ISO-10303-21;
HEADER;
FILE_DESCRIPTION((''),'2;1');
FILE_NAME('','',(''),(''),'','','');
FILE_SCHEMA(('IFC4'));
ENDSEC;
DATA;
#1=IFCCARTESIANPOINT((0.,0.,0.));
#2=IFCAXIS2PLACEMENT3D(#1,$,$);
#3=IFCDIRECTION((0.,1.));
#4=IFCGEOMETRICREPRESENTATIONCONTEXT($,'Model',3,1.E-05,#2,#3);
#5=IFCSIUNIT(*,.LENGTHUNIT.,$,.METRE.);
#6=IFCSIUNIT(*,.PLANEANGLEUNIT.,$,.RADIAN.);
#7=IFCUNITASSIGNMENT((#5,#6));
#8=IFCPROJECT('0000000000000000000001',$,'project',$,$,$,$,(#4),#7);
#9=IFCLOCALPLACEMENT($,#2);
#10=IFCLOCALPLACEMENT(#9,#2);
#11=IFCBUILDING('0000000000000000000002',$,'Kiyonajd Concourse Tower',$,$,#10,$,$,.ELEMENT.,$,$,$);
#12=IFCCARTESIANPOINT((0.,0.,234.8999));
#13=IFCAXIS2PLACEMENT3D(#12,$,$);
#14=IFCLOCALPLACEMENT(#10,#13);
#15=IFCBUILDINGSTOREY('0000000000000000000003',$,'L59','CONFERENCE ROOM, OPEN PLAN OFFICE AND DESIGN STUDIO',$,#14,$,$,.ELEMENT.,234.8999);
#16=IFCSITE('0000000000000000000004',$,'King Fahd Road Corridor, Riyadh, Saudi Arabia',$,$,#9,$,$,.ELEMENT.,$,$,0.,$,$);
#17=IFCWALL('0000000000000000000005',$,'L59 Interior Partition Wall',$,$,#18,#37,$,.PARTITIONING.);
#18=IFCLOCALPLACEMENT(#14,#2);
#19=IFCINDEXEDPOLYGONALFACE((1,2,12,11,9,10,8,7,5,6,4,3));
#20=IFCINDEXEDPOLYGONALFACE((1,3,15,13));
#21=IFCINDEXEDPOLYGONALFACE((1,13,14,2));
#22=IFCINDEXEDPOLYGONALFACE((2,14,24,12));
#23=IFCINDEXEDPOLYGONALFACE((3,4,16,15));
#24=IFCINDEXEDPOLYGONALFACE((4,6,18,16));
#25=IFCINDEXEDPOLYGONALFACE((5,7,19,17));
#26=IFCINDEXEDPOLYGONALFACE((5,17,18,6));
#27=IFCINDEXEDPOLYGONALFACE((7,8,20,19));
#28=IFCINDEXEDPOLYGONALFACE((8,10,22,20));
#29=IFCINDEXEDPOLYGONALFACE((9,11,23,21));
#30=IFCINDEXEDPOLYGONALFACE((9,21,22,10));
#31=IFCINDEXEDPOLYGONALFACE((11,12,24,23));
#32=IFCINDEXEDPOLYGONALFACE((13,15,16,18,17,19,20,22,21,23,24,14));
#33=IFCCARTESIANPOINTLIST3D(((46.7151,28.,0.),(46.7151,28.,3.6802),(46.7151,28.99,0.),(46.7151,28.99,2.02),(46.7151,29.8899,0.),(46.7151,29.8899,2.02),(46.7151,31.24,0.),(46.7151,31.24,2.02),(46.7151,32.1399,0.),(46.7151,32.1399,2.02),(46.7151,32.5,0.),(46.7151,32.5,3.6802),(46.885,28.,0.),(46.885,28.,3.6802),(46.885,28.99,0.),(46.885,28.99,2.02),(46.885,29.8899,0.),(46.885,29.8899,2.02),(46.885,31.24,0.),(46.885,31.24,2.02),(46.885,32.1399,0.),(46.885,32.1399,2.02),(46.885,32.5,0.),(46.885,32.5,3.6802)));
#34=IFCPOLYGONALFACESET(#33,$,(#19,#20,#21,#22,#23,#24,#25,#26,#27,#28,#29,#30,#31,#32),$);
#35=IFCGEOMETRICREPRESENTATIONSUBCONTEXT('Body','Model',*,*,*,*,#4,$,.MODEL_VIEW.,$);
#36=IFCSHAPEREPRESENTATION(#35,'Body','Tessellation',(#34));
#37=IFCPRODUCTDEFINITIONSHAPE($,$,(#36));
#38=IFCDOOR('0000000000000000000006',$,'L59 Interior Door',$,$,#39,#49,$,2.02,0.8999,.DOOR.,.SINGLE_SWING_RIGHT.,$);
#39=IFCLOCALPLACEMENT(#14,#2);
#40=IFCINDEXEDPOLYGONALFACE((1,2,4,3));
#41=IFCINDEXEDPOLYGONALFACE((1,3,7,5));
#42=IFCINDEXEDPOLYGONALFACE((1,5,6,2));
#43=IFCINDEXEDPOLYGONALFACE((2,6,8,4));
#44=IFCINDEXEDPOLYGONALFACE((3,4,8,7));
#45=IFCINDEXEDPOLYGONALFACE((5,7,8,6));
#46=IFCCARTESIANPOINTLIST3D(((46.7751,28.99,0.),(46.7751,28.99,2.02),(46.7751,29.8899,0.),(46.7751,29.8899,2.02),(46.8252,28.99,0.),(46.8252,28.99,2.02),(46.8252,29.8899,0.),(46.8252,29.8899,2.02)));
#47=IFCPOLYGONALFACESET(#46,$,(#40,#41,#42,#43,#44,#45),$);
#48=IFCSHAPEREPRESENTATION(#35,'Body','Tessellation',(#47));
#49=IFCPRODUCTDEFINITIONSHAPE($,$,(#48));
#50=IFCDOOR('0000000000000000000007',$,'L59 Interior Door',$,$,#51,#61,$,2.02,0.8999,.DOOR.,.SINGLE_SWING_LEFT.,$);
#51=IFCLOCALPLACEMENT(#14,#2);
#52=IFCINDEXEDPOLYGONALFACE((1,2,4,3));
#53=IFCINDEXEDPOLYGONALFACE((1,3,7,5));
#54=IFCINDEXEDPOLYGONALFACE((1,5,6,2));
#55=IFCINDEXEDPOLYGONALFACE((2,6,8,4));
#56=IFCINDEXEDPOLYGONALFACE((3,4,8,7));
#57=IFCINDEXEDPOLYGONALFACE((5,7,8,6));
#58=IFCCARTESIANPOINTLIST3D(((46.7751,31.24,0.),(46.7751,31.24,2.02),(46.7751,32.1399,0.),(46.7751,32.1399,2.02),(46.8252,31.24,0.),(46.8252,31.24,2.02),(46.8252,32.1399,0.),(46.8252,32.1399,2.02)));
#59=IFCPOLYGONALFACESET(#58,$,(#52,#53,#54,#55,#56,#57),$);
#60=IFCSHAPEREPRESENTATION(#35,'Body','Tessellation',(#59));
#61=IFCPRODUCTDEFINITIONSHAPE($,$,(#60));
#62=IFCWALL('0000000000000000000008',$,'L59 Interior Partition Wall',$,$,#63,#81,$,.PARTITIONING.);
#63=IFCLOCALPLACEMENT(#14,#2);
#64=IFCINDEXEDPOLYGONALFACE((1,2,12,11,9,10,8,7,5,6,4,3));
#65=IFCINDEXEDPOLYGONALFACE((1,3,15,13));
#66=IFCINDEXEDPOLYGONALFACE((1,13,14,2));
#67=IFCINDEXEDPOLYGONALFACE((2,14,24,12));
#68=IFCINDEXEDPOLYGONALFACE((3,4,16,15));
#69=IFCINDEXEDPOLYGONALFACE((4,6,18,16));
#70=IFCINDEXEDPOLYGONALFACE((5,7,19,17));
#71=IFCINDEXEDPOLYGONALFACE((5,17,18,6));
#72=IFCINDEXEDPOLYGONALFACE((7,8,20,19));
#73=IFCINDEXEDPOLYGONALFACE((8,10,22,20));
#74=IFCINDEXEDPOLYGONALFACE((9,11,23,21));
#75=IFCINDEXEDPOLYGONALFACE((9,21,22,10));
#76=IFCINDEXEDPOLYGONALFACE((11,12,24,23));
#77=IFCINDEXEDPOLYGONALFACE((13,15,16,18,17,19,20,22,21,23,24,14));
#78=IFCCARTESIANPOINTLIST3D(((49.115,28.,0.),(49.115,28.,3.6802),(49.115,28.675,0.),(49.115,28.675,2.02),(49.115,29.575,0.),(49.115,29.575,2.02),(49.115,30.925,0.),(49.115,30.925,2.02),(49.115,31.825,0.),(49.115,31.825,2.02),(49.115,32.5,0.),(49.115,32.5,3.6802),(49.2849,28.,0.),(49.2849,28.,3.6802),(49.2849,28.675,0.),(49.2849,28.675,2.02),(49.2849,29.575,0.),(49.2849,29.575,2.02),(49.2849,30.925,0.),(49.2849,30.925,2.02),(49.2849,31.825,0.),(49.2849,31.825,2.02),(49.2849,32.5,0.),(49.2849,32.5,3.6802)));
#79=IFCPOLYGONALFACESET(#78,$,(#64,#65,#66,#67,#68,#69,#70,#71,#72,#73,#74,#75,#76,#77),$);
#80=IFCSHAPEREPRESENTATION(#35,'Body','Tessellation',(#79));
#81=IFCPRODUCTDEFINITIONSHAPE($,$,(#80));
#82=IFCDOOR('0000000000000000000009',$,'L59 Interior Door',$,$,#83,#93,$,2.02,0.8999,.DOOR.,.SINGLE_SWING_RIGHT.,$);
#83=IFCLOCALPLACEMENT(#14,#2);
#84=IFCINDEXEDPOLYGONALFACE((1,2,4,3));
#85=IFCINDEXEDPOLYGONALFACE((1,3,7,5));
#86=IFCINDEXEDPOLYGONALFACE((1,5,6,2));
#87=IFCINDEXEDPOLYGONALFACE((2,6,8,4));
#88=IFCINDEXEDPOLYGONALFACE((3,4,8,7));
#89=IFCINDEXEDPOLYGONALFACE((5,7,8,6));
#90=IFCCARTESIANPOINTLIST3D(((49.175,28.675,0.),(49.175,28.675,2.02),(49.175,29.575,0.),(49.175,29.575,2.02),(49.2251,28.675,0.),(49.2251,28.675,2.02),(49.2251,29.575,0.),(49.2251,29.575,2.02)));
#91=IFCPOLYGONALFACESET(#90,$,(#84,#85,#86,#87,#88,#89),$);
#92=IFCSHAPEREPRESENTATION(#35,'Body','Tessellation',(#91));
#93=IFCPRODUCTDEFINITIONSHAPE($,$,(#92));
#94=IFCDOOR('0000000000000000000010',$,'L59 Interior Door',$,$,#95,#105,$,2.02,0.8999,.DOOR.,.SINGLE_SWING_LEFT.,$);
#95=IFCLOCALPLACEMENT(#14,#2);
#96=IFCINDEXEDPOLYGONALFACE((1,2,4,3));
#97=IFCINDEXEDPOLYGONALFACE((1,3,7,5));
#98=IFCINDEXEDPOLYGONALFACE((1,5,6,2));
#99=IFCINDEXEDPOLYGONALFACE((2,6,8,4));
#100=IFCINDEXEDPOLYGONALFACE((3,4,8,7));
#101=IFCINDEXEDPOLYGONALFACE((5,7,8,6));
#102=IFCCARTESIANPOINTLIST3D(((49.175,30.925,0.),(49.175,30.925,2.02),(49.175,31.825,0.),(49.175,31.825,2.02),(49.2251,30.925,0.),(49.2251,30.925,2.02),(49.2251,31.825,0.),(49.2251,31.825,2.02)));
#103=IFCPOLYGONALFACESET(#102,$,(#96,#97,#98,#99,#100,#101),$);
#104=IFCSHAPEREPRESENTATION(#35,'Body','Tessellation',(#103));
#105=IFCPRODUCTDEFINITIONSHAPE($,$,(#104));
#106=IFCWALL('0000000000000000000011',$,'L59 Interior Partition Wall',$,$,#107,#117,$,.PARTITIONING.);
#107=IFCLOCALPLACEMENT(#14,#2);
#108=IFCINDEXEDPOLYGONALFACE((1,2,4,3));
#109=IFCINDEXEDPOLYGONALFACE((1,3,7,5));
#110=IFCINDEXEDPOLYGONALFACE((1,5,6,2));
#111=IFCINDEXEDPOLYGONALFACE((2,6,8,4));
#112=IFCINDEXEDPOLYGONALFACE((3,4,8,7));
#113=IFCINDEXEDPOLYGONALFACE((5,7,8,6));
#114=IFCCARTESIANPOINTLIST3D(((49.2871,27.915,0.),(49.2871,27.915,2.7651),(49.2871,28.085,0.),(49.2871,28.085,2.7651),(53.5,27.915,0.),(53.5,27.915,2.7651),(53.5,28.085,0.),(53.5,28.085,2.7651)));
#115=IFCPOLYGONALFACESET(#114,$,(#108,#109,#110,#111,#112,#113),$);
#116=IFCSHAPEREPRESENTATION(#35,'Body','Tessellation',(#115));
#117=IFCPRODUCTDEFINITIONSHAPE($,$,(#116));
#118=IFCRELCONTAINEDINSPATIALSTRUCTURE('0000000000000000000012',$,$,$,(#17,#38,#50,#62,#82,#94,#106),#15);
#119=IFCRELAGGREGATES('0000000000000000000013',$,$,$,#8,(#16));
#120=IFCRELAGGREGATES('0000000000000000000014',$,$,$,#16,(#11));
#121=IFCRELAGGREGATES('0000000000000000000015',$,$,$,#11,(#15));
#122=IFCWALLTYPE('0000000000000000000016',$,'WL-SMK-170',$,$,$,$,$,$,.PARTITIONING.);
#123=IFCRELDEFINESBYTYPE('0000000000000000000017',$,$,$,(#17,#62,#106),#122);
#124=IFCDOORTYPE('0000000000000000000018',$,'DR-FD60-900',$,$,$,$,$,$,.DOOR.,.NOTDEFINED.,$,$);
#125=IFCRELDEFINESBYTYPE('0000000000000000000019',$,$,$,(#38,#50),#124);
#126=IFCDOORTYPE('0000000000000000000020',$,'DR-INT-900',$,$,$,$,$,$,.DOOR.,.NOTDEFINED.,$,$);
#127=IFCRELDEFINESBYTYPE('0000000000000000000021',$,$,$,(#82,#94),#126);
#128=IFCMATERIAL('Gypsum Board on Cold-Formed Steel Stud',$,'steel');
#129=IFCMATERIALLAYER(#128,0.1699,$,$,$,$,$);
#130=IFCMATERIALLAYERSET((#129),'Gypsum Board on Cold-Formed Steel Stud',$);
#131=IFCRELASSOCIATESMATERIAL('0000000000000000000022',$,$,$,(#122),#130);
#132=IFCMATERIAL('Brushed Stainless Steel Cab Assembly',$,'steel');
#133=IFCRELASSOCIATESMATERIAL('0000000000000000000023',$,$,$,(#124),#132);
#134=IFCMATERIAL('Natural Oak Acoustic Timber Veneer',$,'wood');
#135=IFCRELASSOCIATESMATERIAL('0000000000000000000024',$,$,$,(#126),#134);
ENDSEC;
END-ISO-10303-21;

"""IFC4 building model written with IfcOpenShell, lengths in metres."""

from ifc_helpers import new_model, si_unit, direction, frame, frame_2d, origin, place, context, subcontext, project, spatial, rectangle, extrude, material, layer, layer_set, type_object, element, fill, save


model = new_model("IFC4")

# Units and contexts
model_context = context("Model", 3, precision=1e-05, world=origin(), true_north=direction((0.0, 1.0)))
body_context = subcontext(model_context, "Body", "Model", "MODEL_VIEW")
ifc_project = project(units=[si_unit("LENGTHUNIT", "METRE"), si_unit("PLANEANGLEUNIT", "RADIAN")], contexts=[model_context])

# Site, building, storey
site_placement = place(None, origin())
site = spatial("IfcSite", under=ifc_project, at=site_placement, Name="King Fahd Road Corridor, Riyadh, Saudi Arabia", CompositionType="ELEMENT", RefElevation=0.0)
building_placement = place(site_placement, origin())
building = spatial("IfcBuilding", under=site, at=building_placement, Name="Kiyonajd Concourse Tower", CompositionType="ELEMENT")
storey_placement = place(building_placement, frame((0.0, 0.0, 234.8999)))
storey = spatial("IfcBuildingStorey", under=building, at=storey_placement, Name="L59", Description="CONFERENCE ROOM, OPEN PLAN OFFICE AND DESIGN STUDIO", CompositionType="ELEMENT", Elevation=234.8999)

# Shared definitions
ifc_material_1 = material(Name="Gypsum Board on Cold-Formed Steel Stud", Category="steel")

# Shared definitions
ifc_layer_1 = layer(ifc_material_1, 0.1699)
ifc_layer_set_1 = layer_set([ifc_layer_1], Name="Gypsum Board on Cold-Formed Steel Stud")
wall_type_1 = type_object("IfcWallType", Name="WL-SMK-170", PredefinedType="PARTITIONING", material=ifc_layer_set_1)
ifc_material_2 = material(Name="Brushed Stainless Steel Cab Assembly", Category="steel")
door_type_1 = type_object("IfcDoorType", Name="DR-FD60-900", OperationType="NOTDEFINED", PredefinedType="DOOR", material=ifc_material_2)
ifc_material_3 = material(Name="Natural Oak Acoustic Timber Veneer", Category="wood")
door_type_2 = type_object("IfcDoorType", Name="DR-INT-900", OperationType="NOTDEFINED", PredefinedType="DOOR", material=ifc_material_3)

# Walls, openings, doors
wall_1_placement = place(storey_placement, frame((46.8, 28.0, 0.0), z_axis=(0.0, 0.0, 1.0), x_axis=(0.0, 1.0, 0.0)))
wall_1 = element("IfcWall", 1, at=wall_1_placement, inside=storey, type_object=wall_type_1, Name="L59 Interior Partition Wall", PredefinedType="PARTITIONING", context=body_context, shape_type="SweptSolid", body=[
    extrude(rectangle(XDim=4.5, YDim=0.1699, at=frame_2d((2.25, 0.0))), origin(), (0.0, 0.0, 1.0), 3.6802),
])
opening_1_placement = place(wall_1_placement, frame((0.99, 0.0, 0.0)))
opening_1 = element("IfcOpeningElement", 2, at=opening_1_placement, cuts=wall_1, PredefinedType="OPENING", context=body_context, shape_type="SweptSolid", body=[
    extrude(rectangle(XDim=0.8999, YDim=2.02, at=frame_2d((0.45, 1.01))), frame((0.0, 0.095, 0.0), z_axis=(0.0, -1.0, 0.0), x_axis=(1.0, 0.0, 0.0)), (0.0, 0.0, 1.0), 0.1899),
])
opening_2_placement = place(wall_1_placement, frame((3.24, 0.0, 0.0)))
opening_2 = element("IfcOpeningElement", 3, at=opening_2_placement, cuts=wall_1, PredefinedType="OPENING", context=body_context, shape_type="SweptSolid", body=[
    extrude(rectangle(XDim=0.8999, YDim=2.02, at=frame_2d((0.45, 1.01))), frame((0.0, 0.095, 0.0), z_axis=(0.0, -1.0, 0.0), x_axis=(1.0, 0.0, 0.0)), (0.0, 0.0, 1.0), 0.1899),
])
door_1_placement = place(opening_1_placement, origin())
door_1 = element("IfcDoor", 4, at=door_1_placement, inside=storey, type_object=door_type_1, Name="L59 Interior Door", OperationType="SINGLE_SWING_RIGHT", OverallHeight=2.02, OverallWidth=0.8999, PredefinedType="DOOR", context=body_context, shape_type="SweptSolid", body=[
    extrude(rectangle(XDim=0.8999, YDim=2.02, at=frame_2d((0.45, 1.01))), frame((0.0, 0.0249, 0.0), z_axis=(0.0, -1.0, 0.0), x_axis=(1.0, 0.0, 0.0)), (0.0, 0.0, 1.0), 0.05),
])
fill(opening_1, door_1)
door_2_placement = place(opening_2_placement, origin())
door_2 = element("IfcDoor", 5, at=door_2_placement, inside=storey, type_object=door_type_1, Name="L59 Interior Door", OperationType="SINGLE_SWING_LEFT", OverallHeight=2.02, OverallWidth=0.8999, PredefinedType="DOOR", context=body_context, shape_type="SweptSolid", body=[
    extrude(rectangle(XDim=0.8999, YDim=2.02, at=frame_2d((0.45, 1.01))), frame((0.0, 0.0249, 0.0), z_axis=(0.0, -1.0, 0.0), x_axis=(1.0, 0.0, 0.0)), (0.0, 0.0, 1.0), 0.05),
])
fill(opening_2, door_2)
wall_2_placement = place(storey_placement, frame((49.2, 28.0, 0.0), z_axis=(0.0, 0.0, 1.0), x_axis=(0.0, 1.0, 0.0)))
wall_2 = element("IfcWall", 6, at=wall_2_placement, inside=storey, type_object=wall_type_1, Name="L59 Interior Partition Wall", PredefinedType="PARTITIONING", context=body_context, shape_type="SweptSolid", body=[
    extrude(rectangle(XDim=4.5, YDim=0.1699, at=frame_2d((2.25, 0.0))), origin(), (0.0, 0.0, 1.0), 3.6802),
])
opening_3_placement = place(wall_2_placement, frame((0.675, 0.0, 0.0)))
opening_3 = element("IfcOpeningElement", 7, at=opening_3_placement, cuts=wall_2, PredefinedType="OPENING", context=body_context, shape_type="SweptSolid", body=[
    extrude(rectangle(XDim=0.8999, YDim=2.02, at=frame_2d((0.45, 1.01))), frame((0.0, 0.095, 0.0), z_axis=(0.0, -1.0, 0.0), x_axis=(1.0, 0.0, 0.0)), (0.0, 0.0, 1.0), 0.1899),
])
opening_4_placement = place(wall_2_placement, frame((2.925, 0.0, 0.0)))
opening_4 = element("IfcOpeningElement", 8, at=opening_4_placement, cuts=wall_2, PredefinedType="OPENING", context=body_context, shape_type="SweptSolid", body=[
    extrude(rectangle(XDim=0.8999, YDim=2.02, at=frame_2d((0.45, 1.01))), frame((0.0, 0.095, 0.0), z_axis=(0.0, -1.0, 0.0), x_axis=(1.0, 0.0, 0.0)), (0.0, 0.0, 1.0), 0.1899),
])
door_3_placement = place(opening_3_placement, origin())
door_3 = element("IfcDoor", 9, at=door_3_placement, inside=storey, type_object=door_type_2, Name="L59 Interior Door", OperationType="SINGLE_SWING_RIGHT", OverallHeight=2.02, OverallWidth=0.8999, PredefinedType="DOOR", context=body_context, shape_type="SweptSolid", body=[
    extrude(rectangle(XDim=0.8999, YDim=2.02, at=frame_2d((0.45, 1.01))), frame((0.0, 0.0249, 0.0), z_axis=(0.0, -1.0, 0.0), x_axis=(1.0, 0.0, 0.0)), (0.0, 0.0, 1.0), 0.05),
])
fill(opening_3, door_3)
door_4_placement = place(opening_4_placement, origin())
door_4 = element("IfcDoor", 10, at=door_4_placement, inside=storey, type_object=door_type_2, Name="L59 Interior Door", OperationType="SINGLE_SWING_LEFT", OverallHeight=2.02, OverallWidth=0.8999, PredefinedType="DOOR", context=body_context, shape_type="SweptSolid", body=[
    extrude(rectangle(XDim=0.8999, YDim=2.02, at=frame_2d((0.45, 1.01))), frame((0.0, 0.0249, 0.0), z_axis=(0.0, -1.0, 0.0), x_axis=(1.0, 0.0, 0.0)), (0.0, 0.0, 1.0), 0.05),
])
fill(opening_4, door_4)

# Wall
wall_3_placement = place(storey_placement, frame((49.2871, 28.0, 0.0), z_axis=(0.0, 0.0, 1.0), x_axis=(1.0, 0.0, 0.0)))
element("IfcWall", 11, at=wall_3_placement, inside=storey, type_object=wall_type_1, Name="L59 Interior Partition Wall", PredefinedType="PARTITIONING", context=body_context, shape_type="SweptSolid", body=[
    extrude(rectangle(XDim=4.2129, YDim=0.1699, at=frame_2d((2.1064, 0.0))), origin(), (0.0, 0.0, 1.0), 2.7651),
])

save(model, "model.ifc")
